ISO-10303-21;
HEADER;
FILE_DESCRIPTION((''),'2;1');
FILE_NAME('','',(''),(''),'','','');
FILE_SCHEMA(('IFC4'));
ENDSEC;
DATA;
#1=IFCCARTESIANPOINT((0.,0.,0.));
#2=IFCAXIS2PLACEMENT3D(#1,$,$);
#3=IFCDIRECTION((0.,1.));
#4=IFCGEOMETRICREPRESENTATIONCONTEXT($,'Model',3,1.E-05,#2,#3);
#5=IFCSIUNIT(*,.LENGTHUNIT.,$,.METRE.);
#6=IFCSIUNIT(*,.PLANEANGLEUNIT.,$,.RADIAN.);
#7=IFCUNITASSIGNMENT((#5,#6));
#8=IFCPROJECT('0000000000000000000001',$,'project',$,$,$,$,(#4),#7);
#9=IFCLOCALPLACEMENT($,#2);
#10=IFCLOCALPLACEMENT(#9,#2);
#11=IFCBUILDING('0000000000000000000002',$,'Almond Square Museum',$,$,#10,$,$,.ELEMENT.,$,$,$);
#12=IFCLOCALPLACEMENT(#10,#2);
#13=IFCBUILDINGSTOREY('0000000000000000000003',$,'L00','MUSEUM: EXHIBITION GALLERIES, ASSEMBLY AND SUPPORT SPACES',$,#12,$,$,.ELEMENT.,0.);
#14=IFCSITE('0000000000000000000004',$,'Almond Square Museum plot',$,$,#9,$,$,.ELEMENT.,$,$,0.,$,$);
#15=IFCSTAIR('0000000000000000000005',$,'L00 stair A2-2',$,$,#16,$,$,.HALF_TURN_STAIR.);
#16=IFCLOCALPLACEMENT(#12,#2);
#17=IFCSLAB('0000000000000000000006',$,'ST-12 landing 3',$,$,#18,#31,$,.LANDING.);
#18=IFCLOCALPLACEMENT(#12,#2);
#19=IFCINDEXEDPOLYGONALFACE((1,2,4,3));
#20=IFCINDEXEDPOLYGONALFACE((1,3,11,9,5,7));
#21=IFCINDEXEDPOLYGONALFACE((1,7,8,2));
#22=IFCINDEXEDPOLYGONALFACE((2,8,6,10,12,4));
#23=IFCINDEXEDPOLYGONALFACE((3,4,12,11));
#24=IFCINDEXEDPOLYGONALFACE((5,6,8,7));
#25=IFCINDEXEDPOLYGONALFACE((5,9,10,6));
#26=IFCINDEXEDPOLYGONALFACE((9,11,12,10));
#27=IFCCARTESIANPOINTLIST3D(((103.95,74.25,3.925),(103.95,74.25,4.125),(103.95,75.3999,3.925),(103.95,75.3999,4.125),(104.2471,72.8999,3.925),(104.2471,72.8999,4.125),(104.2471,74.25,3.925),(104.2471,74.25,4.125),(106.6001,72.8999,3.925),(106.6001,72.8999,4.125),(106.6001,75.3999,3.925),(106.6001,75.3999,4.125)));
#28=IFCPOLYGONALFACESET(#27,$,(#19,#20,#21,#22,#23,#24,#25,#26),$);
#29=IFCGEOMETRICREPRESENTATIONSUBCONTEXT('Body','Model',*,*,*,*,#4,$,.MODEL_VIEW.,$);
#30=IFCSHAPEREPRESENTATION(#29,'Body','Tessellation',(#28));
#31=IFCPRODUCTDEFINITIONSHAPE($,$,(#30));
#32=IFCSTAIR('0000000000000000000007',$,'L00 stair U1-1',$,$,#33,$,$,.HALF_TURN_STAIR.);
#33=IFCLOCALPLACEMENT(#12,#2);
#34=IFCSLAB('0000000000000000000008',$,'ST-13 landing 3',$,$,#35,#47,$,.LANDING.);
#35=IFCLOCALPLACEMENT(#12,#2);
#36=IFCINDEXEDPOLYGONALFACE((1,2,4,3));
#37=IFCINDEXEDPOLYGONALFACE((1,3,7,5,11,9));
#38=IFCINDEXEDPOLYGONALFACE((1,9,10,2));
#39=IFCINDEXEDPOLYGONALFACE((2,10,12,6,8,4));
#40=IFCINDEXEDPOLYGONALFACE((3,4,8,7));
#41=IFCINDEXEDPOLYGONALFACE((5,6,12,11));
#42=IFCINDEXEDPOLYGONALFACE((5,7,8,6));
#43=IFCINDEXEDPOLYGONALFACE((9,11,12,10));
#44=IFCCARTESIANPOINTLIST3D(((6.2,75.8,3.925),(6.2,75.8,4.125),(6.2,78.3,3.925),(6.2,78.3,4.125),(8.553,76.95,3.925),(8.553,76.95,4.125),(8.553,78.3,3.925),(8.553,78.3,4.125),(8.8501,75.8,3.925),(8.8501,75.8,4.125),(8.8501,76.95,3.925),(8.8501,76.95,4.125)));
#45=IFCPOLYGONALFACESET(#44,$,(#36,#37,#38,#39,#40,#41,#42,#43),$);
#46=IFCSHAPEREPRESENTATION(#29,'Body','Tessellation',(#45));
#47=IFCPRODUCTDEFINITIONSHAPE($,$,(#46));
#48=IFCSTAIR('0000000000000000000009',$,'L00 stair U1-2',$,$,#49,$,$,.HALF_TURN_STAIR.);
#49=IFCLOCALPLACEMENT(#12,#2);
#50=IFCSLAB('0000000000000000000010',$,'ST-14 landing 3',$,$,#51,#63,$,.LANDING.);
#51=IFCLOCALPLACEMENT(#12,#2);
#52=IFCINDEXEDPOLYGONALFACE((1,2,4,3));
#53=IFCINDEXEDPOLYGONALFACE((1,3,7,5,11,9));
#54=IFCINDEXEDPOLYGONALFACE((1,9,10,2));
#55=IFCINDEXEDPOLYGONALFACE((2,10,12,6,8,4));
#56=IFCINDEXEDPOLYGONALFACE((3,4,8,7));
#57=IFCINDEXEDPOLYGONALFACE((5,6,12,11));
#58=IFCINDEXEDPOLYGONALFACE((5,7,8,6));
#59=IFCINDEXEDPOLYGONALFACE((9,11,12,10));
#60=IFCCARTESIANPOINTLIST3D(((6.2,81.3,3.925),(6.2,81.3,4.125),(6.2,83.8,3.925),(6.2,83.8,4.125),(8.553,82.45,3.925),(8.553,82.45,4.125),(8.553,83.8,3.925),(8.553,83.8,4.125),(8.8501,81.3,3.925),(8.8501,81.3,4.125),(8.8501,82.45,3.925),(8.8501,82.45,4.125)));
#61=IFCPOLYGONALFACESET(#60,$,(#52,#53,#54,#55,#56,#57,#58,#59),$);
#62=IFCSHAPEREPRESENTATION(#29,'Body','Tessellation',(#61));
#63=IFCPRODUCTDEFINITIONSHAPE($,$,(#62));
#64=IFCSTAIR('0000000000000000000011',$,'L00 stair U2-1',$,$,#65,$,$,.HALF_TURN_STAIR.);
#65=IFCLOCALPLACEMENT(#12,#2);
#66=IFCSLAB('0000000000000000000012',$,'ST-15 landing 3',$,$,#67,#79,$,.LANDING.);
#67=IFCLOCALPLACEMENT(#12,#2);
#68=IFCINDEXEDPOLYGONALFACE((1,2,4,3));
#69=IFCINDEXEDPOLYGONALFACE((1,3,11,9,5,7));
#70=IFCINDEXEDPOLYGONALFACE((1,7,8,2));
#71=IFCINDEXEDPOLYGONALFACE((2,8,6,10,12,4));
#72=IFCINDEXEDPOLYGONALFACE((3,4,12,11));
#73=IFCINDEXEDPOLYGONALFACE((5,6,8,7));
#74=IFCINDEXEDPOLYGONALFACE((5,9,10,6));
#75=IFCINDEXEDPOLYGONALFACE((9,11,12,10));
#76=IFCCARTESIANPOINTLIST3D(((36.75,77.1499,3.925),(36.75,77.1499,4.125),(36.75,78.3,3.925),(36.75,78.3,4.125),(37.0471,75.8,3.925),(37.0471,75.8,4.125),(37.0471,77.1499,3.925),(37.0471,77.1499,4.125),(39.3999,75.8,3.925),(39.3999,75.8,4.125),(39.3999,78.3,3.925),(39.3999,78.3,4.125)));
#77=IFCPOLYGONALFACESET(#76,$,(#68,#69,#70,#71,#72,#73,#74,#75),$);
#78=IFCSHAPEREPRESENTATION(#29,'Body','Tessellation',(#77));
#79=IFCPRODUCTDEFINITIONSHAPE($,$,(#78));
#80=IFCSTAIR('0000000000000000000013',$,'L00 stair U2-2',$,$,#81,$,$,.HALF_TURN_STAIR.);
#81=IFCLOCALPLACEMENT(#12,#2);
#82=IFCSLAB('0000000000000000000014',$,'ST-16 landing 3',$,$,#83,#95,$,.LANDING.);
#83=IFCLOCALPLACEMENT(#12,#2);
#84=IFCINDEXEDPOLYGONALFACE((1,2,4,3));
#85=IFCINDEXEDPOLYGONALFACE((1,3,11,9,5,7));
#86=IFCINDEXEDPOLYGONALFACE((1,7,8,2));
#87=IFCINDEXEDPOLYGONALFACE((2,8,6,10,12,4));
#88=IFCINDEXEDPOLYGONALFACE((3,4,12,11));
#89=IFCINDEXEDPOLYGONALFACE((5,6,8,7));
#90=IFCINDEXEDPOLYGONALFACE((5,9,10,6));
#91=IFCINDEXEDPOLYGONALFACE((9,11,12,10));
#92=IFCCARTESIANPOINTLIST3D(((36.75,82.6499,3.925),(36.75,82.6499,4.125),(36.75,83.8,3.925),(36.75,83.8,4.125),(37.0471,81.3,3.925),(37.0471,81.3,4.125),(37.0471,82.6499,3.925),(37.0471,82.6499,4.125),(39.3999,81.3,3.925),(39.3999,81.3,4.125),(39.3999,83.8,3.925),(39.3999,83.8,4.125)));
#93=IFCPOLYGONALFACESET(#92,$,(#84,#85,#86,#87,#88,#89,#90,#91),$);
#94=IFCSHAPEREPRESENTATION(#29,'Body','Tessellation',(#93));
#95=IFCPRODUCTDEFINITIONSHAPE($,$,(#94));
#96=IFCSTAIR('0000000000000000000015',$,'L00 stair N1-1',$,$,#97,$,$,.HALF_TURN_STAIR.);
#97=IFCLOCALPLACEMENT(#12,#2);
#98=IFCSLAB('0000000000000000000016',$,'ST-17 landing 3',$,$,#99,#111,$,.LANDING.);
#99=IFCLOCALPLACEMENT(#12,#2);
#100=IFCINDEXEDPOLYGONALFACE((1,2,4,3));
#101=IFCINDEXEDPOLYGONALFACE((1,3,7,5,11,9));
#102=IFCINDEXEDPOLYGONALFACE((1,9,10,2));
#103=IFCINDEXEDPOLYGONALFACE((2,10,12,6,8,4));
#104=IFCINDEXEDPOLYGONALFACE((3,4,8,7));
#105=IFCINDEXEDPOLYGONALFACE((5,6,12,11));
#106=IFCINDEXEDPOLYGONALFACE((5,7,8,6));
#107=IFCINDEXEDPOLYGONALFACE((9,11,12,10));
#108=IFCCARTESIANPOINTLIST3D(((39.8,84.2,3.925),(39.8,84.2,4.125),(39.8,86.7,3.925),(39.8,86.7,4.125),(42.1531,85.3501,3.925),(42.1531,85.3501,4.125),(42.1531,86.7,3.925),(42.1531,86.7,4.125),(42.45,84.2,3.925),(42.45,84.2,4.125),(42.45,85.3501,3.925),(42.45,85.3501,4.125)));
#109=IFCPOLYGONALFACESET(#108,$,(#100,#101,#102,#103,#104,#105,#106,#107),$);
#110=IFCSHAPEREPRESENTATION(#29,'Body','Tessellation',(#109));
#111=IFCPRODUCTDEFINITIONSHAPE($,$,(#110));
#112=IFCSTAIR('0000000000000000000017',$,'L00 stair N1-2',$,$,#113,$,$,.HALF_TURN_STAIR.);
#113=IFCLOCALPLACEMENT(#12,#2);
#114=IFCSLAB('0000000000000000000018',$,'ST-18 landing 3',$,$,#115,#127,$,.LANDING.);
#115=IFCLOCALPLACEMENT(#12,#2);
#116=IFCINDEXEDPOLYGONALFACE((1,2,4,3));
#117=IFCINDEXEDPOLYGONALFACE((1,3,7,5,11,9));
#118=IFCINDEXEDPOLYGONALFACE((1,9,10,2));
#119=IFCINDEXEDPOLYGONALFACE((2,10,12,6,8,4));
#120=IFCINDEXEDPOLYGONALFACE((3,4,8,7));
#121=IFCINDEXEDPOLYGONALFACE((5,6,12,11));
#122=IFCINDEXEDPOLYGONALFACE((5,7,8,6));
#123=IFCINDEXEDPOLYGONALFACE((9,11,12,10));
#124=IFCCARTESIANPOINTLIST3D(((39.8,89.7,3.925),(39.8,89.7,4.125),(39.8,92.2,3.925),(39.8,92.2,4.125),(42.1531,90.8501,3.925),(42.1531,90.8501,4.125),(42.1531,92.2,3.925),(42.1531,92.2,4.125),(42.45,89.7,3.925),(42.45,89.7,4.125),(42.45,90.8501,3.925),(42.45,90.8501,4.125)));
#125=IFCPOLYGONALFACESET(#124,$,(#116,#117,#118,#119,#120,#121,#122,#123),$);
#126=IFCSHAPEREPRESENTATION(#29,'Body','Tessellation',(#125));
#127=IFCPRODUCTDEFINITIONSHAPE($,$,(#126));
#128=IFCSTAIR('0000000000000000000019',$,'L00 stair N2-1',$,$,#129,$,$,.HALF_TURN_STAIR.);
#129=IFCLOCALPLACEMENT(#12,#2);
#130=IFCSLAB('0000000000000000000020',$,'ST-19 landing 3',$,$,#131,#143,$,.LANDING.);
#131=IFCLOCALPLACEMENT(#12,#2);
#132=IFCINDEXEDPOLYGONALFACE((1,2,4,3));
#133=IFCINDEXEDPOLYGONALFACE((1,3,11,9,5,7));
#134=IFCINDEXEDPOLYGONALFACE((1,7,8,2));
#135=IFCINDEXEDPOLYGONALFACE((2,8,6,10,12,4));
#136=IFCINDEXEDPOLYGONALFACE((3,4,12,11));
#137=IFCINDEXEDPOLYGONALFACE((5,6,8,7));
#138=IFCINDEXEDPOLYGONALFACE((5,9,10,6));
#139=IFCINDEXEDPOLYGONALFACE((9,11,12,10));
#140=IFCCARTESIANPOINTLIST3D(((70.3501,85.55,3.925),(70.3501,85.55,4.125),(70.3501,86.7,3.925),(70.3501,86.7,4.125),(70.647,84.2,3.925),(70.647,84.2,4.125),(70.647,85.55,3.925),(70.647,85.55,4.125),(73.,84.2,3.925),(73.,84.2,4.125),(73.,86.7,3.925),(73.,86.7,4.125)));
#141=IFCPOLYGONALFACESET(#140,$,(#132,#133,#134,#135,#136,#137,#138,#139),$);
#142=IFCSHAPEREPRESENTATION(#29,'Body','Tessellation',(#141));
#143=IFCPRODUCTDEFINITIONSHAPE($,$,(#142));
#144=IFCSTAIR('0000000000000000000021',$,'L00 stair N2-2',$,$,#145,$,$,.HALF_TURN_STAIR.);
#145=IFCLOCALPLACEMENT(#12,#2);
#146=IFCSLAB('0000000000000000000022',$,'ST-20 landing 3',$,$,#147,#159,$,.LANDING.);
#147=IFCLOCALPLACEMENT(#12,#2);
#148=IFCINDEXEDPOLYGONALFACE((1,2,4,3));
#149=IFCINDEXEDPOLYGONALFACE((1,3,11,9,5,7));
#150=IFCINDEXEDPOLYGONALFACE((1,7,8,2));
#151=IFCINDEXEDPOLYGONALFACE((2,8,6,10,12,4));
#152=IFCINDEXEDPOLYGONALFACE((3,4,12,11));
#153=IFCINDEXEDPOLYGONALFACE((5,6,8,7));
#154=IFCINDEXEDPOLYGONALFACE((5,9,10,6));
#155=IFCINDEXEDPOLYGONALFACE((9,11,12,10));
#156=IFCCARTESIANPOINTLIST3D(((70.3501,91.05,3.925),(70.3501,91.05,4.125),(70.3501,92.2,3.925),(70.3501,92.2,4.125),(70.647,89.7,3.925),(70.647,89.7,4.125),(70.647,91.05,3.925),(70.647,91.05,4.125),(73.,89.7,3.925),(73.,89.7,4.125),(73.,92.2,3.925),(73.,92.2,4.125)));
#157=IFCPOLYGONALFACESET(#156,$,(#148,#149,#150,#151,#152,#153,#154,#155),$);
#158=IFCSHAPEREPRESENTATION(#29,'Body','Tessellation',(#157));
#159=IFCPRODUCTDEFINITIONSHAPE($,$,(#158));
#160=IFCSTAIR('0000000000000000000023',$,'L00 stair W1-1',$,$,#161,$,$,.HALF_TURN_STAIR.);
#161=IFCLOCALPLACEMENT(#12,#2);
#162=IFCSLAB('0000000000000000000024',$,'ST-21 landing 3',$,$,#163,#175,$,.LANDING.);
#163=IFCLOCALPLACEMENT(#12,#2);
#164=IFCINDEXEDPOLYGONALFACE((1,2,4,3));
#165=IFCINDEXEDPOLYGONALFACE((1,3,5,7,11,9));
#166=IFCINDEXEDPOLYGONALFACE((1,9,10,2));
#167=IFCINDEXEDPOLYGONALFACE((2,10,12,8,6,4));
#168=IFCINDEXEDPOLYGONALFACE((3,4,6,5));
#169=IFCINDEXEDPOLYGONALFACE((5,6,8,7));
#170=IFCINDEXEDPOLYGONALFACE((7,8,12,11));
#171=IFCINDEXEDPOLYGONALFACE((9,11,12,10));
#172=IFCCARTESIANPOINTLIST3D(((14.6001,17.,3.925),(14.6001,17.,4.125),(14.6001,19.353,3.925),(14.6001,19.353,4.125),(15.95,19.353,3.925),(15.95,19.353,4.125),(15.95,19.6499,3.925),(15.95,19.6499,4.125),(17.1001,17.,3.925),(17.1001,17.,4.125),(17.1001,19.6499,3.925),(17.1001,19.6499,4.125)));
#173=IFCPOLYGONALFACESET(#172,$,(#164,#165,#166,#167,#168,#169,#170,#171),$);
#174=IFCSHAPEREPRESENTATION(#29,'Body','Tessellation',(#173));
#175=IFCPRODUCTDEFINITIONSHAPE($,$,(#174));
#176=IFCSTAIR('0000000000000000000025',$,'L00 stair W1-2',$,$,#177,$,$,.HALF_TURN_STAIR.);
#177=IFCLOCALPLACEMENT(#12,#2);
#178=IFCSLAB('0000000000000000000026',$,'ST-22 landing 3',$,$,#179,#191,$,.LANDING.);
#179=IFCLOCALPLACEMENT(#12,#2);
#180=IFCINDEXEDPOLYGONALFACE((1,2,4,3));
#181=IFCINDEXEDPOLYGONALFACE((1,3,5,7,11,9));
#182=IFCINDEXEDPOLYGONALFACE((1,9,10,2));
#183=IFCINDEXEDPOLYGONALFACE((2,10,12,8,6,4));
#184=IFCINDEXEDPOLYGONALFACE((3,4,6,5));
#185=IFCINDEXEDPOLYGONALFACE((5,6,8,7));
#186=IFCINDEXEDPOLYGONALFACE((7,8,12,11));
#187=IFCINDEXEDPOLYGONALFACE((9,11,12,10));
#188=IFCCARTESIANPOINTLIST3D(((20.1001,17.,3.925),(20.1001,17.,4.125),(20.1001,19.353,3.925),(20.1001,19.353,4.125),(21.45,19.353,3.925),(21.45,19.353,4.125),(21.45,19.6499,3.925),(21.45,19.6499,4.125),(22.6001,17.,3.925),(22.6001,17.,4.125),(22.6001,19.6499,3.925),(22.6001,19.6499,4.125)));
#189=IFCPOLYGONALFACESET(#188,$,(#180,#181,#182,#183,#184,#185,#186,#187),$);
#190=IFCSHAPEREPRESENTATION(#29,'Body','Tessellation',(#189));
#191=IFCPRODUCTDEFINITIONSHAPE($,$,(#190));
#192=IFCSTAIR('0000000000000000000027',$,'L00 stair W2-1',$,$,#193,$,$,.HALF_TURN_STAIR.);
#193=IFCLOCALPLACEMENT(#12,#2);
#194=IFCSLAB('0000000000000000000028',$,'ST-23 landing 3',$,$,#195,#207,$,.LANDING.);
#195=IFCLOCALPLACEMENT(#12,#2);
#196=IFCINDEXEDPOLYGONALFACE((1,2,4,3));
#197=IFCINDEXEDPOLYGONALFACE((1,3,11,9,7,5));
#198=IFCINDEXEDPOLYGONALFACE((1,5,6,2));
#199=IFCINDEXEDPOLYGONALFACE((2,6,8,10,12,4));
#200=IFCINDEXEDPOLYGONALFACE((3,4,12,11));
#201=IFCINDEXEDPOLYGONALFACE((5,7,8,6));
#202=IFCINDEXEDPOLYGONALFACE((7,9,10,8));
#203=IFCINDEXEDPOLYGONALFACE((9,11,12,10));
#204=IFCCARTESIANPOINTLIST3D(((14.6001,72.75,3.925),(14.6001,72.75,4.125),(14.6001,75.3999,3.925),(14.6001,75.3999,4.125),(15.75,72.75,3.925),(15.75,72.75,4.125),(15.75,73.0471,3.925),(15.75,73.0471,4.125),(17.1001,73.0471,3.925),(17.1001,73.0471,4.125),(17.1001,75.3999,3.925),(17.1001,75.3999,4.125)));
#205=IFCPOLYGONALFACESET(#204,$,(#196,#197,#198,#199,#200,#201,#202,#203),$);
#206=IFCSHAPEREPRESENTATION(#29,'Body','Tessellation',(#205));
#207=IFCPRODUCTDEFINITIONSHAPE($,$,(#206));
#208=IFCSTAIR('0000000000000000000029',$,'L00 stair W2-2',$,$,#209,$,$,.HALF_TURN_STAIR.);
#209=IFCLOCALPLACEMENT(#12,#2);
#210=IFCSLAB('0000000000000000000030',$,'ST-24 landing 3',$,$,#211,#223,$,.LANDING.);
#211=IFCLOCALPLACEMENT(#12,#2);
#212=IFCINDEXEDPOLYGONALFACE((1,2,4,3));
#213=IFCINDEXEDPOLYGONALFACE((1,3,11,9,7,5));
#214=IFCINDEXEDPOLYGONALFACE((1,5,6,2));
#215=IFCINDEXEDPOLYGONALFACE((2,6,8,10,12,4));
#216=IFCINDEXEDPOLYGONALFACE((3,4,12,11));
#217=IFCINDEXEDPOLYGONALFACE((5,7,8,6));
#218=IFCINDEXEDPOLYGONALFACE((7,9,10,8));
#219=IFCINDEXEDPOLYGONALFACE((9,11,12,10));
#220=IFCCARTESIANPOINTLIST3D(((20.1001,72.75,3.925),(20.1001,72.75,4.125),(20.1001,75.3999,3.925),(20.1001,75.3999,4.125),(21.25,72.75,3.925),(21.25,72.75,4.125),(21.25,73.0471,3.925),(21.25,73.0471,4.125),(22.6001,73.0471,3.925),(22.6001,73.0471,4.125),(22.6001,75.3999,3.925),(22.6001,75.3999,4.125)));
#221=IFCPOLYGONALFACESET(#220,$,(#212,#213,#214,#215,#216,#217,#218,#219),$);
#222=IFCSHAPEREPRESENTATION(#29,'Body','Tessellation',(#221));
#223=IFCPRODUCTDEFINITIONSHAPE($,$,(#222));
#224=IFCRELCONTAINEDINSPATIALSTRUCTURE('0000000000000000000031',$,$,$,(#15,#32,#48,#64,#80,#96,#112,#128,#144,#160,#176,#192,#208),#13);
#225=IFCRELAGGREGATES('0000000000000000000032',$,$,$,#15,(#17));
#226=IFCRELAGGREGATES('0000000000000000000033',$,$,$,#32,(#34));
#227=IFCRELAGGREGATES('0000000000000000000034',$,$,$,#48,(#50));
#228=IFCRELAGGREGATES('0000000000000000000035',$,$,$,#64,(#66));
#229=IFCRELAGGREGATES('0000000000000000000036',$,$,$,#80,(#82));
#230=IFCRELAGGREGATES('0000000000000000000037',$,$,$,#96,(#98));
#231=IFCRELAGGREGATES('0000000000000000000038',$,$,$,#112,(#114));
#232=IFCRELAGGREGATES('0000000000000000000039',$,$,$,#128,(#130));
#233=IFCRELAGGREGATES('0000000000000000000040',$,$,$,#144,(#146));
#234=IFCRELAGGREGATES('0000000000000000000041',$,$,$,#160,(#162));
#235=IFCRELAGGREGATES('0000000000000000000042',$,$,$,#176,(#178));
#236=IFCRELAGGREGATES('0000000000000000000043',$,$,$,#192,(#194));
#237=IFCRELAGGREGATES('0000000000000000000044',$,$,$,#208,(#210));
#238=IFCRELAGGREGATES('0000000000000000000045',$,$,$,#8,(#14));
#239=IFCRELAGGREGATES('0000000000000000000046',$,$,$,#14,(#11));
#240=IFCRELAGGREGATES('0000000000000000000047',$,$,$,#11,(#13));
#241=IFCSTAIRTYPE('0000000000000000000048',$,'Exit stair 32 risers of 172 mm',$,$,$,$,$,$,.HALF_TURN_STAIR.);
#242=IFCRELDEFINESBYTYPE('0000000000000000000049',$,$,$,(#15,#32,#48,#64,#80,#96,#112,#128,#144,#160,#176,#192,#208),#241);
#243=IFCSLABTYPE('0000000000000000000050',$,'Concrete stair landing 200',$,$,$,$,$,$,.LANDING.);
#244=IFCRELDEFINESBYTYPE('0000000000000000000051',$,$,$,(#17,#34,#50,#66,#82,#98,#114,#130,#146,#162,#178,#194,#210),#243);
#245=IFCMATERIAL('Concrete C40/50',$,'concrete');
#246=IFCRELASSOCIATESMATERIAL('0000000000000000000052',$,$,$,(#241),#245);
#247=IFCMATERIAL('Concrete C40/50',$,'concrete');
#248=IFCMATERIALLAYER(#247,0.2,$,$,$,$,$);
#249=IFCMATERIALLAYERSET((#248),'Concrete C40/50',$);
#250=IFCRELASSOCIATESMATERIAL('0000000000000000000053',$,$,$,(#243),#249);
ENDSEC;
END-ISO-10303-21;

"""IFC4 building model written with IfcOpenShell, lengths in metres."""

from ifc_helpers import new_model, si_unit, direction, frame, origin, place, context, subcontext, project, spatial, polyline, outline, extrude, material, layer, layer_set, type_object, element, aggregate, save


model = new_model("IFC4")

# Units and contexts
model_context = context("Model", 3, precision=1e-05, world=origin(), true_north=direction((0.0, 1.0)))
body_context = subcontext(model_context, "Body", "Model", "MODEL_VIEW")
ifc_project = project(units=[si_unit("LENGTHUNIT", "METRE"), si_unit("PLANEANGLEUNIT", "RADIAN")], contexts=[model_context])

# Site, building, storey
site_placement = place(None, origin())
site = spatial("IfcSite", under=ifc_project, at=site_placement, Name="Almond Square Museum plot", CompositionType="ELEMENT", RefElevation=0.0)
building_placement = place(site_placement, origin())
building = spatial("IfcBuilding", under=site, at=building_placement, Name="Almond Square Museum", CompositionType="ELEMENT")
storey_placement = place(building_placement, origin())
storey = spatial("IfcBuildingStorey", under=building, at=storey_placement, Name="L00", Description="MUSEUM: EXHIBITION GALLERIES, ASSEMBLY AND SUPPORT SPACES", CompositionType="ELEMENT", Elevation=0.0)

# Stairs, slabs
ifc_material_1 = material(Name="Concrete C40/50", Category="concrete")
stair_type = type_object("IfcStairType", Name="Exit stair 32 risers of 172 mm", PredefinedType="HALF_TURN_STAIR", material=ifc_material_1)
ifc_material_2 = material(Name="Concrete C40/50", Category="concrete")
ifc_layer = layer(ifc_material_2, 0.2)
ifc_layer_set = layer_set([ifc_layer], Name="Concrete C40/50")
slab_type = type_object("IfcSlabType", Name="Concrete stair landing 200", PredefinedType="LANDING", material=ifc_layer_set)
stair_1_placement = place(storey_placement, origin())
stair_1 = element("IfcStair", 1, at=stair_1_placement, inside=storey, type_object=stair_type, Name="L00 stair A2-2", PredefinedType="HALF_TURN_STAIR")
slab_1_placement = place(storey_placement, frame((0.0, 0.0, 3.925)))
slab_1 = element("IfcSlab", 2, at=slab_1_placement, type_object=slab_type, Name="ST-12 landing 3", PredefinedType="LANDING", context=body_context, shape_type="SweptSolid", body=[
    extrude(outline(polyline([(104.2471, 72.8999), (106.6001, 72.8999), (106.6001, 75.3999), (103.95, 75.3999), (103.95, 74.25), (104.2471, 74.25), (104.2471, 72.8999)])), origin(), (0.0, 0.0, 1.0), 0.2),
])
aggregate(stair_1, [slab_1])
stair_2_placement = place(storey_placement, origin())
stair_2 = element("IfcStair", 3, at=stair_2_placement, inside=storey, type_object=stair_type, Name="L00 stair U1-1", PredefinedType="HALF_TURN_STAIR")
slab_2_placement = place(storey_placement, frame((0.0, 0.0, 3.925)))
slab_2 = element("IfcSlab", 4, at=slab_2_placement, type_object=slab_type, Name="ST-13 landing 3", PredefinedType="LANDING", context=body_context, shape_type="SweptSolid", body=[
    extrude(outline(polyline([(8.553, 78.3), (6.2, 78.3), (6.2, 75.8), (8.8501, 75.8), (8.8501, 76.95), (8.553, 76.95), (8.553, 78.3)])), origin(), (0.0, 0.0, 1.0), 0.2),
])
aggregate(stair_2, [slab_2])
stair_3_placement = place(storey_placement, origin())
stair_3 = element("IfcStair", 5, at=stair_3_placement, inside=storey, type_object=stair_type, Name="L00 stair U1-2", PredefinedType="HALF_TURN_STAIR")
slab_3_placement = place(storey_placement, frame((0.0, 0.0, 3.925)))
slab_3 = element("IfcSlab", 6, at=slab_3_placement, type_object=slab_type, Name="ST-14 landing 3", PredefinedType="LANDING", context=body_context, shape_type="SweptSolid", body=[
    extrude(outline(polyline([(8.553, 83.8), (6.2, 83.8), (6.2, 81.3), (8.8501, 81.3), (8.8501, 82.45), (8.553, 82.45), (8.553, 83.8)])), origin(), (0.0, 0.0, 1.0), 0.2),
])
aggregate(stair_3, [slab_3])
stair_4_placement = place(storey_placement, origin())
stair_4 = element("IfcStair", 7, at=stair_4_placement, inside=storey, type_object=stair_type, Name="L00 stair U2-1", PredefinedType="HALF_TURN_STAIR")
slab_4_placement = place(storey_placement, frame((0.0, 0.0, 3.925)))
slab_4 = element("IfcSlab", 8, at=slab_4_placement, type_object=slab_type, Name="ST-15 landing 3", PredefinedType="LANDING", context=body_context, shape_type="SweptSolid", body=[
    extrude(outline(polyline([(37.0471, 75.8), (39.3999, 75.8), (39.3999, 78.3), (36.75, 78.3), (36.75, 77.1499), (37.0471, 77.1499), (37.0471, 75.8)])), origin(), (0.0, 0.0, 1.0), 0.2),
])
aggregate(stair_4, [slab_4])
stair_5_placement = place(storey_placement, origin())
stair_5 = element("IfcStair", 9, at=stair_5_placement, inside=storey, type_object=stair_type, Name="L00 stair U2-2", PredefinedType="HALF_TURN_STAIR")
slab_5_placement = place(storey_placement, frame((0.0, 0.0, 3.925)))
slab_5 = element("IfcSlab", 10, at=slab_5_placement, type_object=slab_type, Name="ST-16 landing 3", PredefinedType="LANDING", context=body_context, shape_type="SweptSolid", body=[
    extrude(outline(polyline([(37.0471, 81.3), (39.3999, 81.3), (39.3999, 83.8), (36.75, 83.8), (36.75, 82.6499), (37.0471, 82.6499), (37.0471, 81.3)])), origin(), (0.0, 0.0, 1.0), 0.2),
])
aggregate(stair_5, [slab_5])
stair_6_placement = place(storey_placement, origin())
stair_6 = element("IfcStair", 11, at=stair_6_placement, inside=storey, type_object=stair_type, Name="L00 stair N1-1", PredefinedType="HALF_TURN_STAIR")
slab_6_placement = place(storey_placement, frame((0.0, 0.0, 3.925)))
slab_6 = element("IfcSlab", 12, at=slab_6_placement, type_object=slab_type, Name="ST-17 landing 3", PredefinedType="LANDING", context=body_context, shape_type="SweptSolid", body=[
    extrude(outline(polyline([(42.1531, 86.7), (39.8, 86.7), (39.8, 84.2), (42.45, 84.2), (42.45, 85.3501), (42.1531, 85.3501), (42.1531, 86.7)])), origin(), (0.0, 0.0, 1.0), 0.2),
])
aggregate(stair_6, [slab_6])
stair_7_placement = place(storey_placement, origin())
stair_7 = element("IfcStair", 13, at=stair_7_placement, inside=storey, type_object=stair_type, Name="L00 stair N1-2", PredefinedType="HALF_TURN_STAIR")
slab_7_placement = place(storey_placement, frame((0.0, 0.0, 3.925)))
slab_7 = element("IfcSlab", 14, at=slab_7_placement, type_object=slab_type, Name="ST-18 landing 3", PredefinedType="LANDING", context=body_context, shape_type="SweptSolid", body=[
    extrude(outline(polyline([(42.1531, 92.2), (39.8, 92.2), (39.8, 89.7), (42.45, 89.7), (42.45, 90.8501), (42.1531, 90.8501), (42.1531, 92.2)])), origin(), (0.0, 0.0, 1.0), 0.2),
])
aggregate(stair_7, [slab_7])
stair_8_placement = place(storey_placement, origin())
stair_8 = element("IfcStair", 15, at=stair_8_placement, inside=storey, type_object=stair_type, Name="L00 stair N2-1", PredefinedType="HALF_TURN_STAIR")
slab_8_placement = place(storey_placement, frame((0.0, 0.0, 3.925)))
slab_8 = element("IfcSlab", 16, at=slab_8_placement, type_object=slab_type, Name="ST-19 landing 3", PredefinedType="LANDING", context=body_context, shape_type="SweptSolid", body=[
    extrude(outline(polyline([(70.647, 84.2), (73.0, 84.2), (73.0, 86.7), (70.3501, 86.7), (70.3501, 85.55), (70.647, 85.55), (70.647, 84.2)])), origin(), (0.0, 0.0, 1.0), 0.2),
])
aggregate(stair_8, [slab_8])
stair_9_placement = place(storey_placement, origin())
stair_9 = element("IfcStair", 17, at=stair_9_placement, inside=storey, type_object=stair_type, Name="L00 stair N2-2", PredefinedType="HALF_TURN_STAIR")
slab_9_placement = place(storey_placement, frame((0.0, 0.0, 3.925)))
slab_9 = element("IfcSlab", 18, at=slab_9_placement, type_object=slab_type, Name="ST-20 landing 3", PredefinedType="LANDING", context=body_context, shape_type="SweptSolid", body=[
    extrude(outline(polyline([(70.647, 89.7), (73.0, 89.7), (73.0, 92.2), (70.3501, 92.2), (70.3501, 91.05), (70.647, 91.05), (70.647, 89.7)])), origin(), (0.0, 0.0, 1.0), 0.2),
])
aggregate(stair_9, [slab_9])
stair_10_placement = place(storey_placement, origin())
stair_10 = element("IfcStair", 19, at=stair_10_placement, inside=storey, type_object=stair_type, Name="L00 stair W1-1", PredefinedType="HALF_TURN_STAIR")
slab_10_placement = place(storey_placement, frame((0.0, 0.0, 3.925)))
slab_10 = element("IfcSlab", 20, at=slab_10_placement, type_object=slab_type, Name="ST-21 landing 3", PredefinedType="LANDING", context=body_context, shape_type="SweptSolid", body=[
    extrude(outline(polyline([(14.6001, 19.353), (14.6001, 17.0), (17.1001, 17.0), (17.1001, 19.6499), (15.95, 19.6499), (15.95, 19.353), (14.6001, 19.353)])), origin(), (0.0, 0.0, 1.0), 0.2),
])
aggregate(stair_10, [slab_10])
stair_11_placement = place(storey_placement, origin())
stair_11 = element("IfcStair", 21, at=stair_11_placement, inside=storey, type_object=stair_type, Name="L00 stair W1-2", PredefinedType="HALF_TURN_STAIR")
slab_11_placement = place(storey_placement, frame((0.0, 0.0, 3.925)))
slab_11 = element("IfcSlab", 22, at=slab_11_placement, type_object=slab_type, Name="ST-22 landing 3", PredefinedType="LANDING", context=body_context, shape_type="SweptSolid", body=[
    extrude(outline(polyline([(20.1001, 19.353), (20.1001, 17.0), (22.6001, 17.0), (22.6001, 19.6499), (21.45, 19.6499), (21.45, 19.353), (20.1001, 19.353)])), origin(), (0.0, 0.0, 1.0), 0.2),
])
aggregate(stair_11, [slab_11])
stair_12_placement = place(storey_placement, origin())
stair_12 = element("IfcStair", 23, at=stair_12_placement, inside=storey, type_object=stair_type, Name="L00 stair W2-1", PredefinedType="HALF_TURN_STAIR")
slab_12_placement = place(storey_placement, frame((0.0, 0.0, 3.925)))
slab_12 = element("IfcSlab", 24, at=slab_12_placement, type_object=slab_type, Name="ST-23 landing 3", PredefinedType="LANDING", context=body_context, shape_type="SweptSolid", body=[
    extrude(outline(polyline([(17.1001, 73.0471), (17.1001, 75.3999), (14.6001, 75.3999), (14.6001, 72.75), (15.75, 72.75), (15.75, 73.0471), (17.1001, 73.0471)])), origin(), (0.0, 0.0, 1.0), 0.2),
])
aggregate(stair_12, [slab_12])
stair_13_placement = place(storey_placement, origin())
stair_13 = element("IfcStair", 25, at=stair_13_placement, inside=storey, type_object=stair_type, Name="L00 stair W2-2", PredefinedType="HALF_TURN_STAIR")
slab_13_placement = place(storey_placement, frame((0.0, 0.0, 3.925)))
slab_13 = element("IfcSlab", 26, at=slab_13_placement, type_object=slab_type, Name="ST-24 landing 3", PredefinedType="LANDING", context=body_context, shape_type="SweptSolid", body=[
    extrude(outline(polyline([(22.6001, 73.0471), (22.6001, 75.3999), (20.1001, 75.3999), (20.1001, 72.75), (21.25, 72.75), (21.25, 73.0471), (22.6001, 73.0471)])), origin(), (0.0, 0.0, 1.0), 0.2),
])
aggregate(stair_13, [slab_13])

save(model, "model.ifc")
